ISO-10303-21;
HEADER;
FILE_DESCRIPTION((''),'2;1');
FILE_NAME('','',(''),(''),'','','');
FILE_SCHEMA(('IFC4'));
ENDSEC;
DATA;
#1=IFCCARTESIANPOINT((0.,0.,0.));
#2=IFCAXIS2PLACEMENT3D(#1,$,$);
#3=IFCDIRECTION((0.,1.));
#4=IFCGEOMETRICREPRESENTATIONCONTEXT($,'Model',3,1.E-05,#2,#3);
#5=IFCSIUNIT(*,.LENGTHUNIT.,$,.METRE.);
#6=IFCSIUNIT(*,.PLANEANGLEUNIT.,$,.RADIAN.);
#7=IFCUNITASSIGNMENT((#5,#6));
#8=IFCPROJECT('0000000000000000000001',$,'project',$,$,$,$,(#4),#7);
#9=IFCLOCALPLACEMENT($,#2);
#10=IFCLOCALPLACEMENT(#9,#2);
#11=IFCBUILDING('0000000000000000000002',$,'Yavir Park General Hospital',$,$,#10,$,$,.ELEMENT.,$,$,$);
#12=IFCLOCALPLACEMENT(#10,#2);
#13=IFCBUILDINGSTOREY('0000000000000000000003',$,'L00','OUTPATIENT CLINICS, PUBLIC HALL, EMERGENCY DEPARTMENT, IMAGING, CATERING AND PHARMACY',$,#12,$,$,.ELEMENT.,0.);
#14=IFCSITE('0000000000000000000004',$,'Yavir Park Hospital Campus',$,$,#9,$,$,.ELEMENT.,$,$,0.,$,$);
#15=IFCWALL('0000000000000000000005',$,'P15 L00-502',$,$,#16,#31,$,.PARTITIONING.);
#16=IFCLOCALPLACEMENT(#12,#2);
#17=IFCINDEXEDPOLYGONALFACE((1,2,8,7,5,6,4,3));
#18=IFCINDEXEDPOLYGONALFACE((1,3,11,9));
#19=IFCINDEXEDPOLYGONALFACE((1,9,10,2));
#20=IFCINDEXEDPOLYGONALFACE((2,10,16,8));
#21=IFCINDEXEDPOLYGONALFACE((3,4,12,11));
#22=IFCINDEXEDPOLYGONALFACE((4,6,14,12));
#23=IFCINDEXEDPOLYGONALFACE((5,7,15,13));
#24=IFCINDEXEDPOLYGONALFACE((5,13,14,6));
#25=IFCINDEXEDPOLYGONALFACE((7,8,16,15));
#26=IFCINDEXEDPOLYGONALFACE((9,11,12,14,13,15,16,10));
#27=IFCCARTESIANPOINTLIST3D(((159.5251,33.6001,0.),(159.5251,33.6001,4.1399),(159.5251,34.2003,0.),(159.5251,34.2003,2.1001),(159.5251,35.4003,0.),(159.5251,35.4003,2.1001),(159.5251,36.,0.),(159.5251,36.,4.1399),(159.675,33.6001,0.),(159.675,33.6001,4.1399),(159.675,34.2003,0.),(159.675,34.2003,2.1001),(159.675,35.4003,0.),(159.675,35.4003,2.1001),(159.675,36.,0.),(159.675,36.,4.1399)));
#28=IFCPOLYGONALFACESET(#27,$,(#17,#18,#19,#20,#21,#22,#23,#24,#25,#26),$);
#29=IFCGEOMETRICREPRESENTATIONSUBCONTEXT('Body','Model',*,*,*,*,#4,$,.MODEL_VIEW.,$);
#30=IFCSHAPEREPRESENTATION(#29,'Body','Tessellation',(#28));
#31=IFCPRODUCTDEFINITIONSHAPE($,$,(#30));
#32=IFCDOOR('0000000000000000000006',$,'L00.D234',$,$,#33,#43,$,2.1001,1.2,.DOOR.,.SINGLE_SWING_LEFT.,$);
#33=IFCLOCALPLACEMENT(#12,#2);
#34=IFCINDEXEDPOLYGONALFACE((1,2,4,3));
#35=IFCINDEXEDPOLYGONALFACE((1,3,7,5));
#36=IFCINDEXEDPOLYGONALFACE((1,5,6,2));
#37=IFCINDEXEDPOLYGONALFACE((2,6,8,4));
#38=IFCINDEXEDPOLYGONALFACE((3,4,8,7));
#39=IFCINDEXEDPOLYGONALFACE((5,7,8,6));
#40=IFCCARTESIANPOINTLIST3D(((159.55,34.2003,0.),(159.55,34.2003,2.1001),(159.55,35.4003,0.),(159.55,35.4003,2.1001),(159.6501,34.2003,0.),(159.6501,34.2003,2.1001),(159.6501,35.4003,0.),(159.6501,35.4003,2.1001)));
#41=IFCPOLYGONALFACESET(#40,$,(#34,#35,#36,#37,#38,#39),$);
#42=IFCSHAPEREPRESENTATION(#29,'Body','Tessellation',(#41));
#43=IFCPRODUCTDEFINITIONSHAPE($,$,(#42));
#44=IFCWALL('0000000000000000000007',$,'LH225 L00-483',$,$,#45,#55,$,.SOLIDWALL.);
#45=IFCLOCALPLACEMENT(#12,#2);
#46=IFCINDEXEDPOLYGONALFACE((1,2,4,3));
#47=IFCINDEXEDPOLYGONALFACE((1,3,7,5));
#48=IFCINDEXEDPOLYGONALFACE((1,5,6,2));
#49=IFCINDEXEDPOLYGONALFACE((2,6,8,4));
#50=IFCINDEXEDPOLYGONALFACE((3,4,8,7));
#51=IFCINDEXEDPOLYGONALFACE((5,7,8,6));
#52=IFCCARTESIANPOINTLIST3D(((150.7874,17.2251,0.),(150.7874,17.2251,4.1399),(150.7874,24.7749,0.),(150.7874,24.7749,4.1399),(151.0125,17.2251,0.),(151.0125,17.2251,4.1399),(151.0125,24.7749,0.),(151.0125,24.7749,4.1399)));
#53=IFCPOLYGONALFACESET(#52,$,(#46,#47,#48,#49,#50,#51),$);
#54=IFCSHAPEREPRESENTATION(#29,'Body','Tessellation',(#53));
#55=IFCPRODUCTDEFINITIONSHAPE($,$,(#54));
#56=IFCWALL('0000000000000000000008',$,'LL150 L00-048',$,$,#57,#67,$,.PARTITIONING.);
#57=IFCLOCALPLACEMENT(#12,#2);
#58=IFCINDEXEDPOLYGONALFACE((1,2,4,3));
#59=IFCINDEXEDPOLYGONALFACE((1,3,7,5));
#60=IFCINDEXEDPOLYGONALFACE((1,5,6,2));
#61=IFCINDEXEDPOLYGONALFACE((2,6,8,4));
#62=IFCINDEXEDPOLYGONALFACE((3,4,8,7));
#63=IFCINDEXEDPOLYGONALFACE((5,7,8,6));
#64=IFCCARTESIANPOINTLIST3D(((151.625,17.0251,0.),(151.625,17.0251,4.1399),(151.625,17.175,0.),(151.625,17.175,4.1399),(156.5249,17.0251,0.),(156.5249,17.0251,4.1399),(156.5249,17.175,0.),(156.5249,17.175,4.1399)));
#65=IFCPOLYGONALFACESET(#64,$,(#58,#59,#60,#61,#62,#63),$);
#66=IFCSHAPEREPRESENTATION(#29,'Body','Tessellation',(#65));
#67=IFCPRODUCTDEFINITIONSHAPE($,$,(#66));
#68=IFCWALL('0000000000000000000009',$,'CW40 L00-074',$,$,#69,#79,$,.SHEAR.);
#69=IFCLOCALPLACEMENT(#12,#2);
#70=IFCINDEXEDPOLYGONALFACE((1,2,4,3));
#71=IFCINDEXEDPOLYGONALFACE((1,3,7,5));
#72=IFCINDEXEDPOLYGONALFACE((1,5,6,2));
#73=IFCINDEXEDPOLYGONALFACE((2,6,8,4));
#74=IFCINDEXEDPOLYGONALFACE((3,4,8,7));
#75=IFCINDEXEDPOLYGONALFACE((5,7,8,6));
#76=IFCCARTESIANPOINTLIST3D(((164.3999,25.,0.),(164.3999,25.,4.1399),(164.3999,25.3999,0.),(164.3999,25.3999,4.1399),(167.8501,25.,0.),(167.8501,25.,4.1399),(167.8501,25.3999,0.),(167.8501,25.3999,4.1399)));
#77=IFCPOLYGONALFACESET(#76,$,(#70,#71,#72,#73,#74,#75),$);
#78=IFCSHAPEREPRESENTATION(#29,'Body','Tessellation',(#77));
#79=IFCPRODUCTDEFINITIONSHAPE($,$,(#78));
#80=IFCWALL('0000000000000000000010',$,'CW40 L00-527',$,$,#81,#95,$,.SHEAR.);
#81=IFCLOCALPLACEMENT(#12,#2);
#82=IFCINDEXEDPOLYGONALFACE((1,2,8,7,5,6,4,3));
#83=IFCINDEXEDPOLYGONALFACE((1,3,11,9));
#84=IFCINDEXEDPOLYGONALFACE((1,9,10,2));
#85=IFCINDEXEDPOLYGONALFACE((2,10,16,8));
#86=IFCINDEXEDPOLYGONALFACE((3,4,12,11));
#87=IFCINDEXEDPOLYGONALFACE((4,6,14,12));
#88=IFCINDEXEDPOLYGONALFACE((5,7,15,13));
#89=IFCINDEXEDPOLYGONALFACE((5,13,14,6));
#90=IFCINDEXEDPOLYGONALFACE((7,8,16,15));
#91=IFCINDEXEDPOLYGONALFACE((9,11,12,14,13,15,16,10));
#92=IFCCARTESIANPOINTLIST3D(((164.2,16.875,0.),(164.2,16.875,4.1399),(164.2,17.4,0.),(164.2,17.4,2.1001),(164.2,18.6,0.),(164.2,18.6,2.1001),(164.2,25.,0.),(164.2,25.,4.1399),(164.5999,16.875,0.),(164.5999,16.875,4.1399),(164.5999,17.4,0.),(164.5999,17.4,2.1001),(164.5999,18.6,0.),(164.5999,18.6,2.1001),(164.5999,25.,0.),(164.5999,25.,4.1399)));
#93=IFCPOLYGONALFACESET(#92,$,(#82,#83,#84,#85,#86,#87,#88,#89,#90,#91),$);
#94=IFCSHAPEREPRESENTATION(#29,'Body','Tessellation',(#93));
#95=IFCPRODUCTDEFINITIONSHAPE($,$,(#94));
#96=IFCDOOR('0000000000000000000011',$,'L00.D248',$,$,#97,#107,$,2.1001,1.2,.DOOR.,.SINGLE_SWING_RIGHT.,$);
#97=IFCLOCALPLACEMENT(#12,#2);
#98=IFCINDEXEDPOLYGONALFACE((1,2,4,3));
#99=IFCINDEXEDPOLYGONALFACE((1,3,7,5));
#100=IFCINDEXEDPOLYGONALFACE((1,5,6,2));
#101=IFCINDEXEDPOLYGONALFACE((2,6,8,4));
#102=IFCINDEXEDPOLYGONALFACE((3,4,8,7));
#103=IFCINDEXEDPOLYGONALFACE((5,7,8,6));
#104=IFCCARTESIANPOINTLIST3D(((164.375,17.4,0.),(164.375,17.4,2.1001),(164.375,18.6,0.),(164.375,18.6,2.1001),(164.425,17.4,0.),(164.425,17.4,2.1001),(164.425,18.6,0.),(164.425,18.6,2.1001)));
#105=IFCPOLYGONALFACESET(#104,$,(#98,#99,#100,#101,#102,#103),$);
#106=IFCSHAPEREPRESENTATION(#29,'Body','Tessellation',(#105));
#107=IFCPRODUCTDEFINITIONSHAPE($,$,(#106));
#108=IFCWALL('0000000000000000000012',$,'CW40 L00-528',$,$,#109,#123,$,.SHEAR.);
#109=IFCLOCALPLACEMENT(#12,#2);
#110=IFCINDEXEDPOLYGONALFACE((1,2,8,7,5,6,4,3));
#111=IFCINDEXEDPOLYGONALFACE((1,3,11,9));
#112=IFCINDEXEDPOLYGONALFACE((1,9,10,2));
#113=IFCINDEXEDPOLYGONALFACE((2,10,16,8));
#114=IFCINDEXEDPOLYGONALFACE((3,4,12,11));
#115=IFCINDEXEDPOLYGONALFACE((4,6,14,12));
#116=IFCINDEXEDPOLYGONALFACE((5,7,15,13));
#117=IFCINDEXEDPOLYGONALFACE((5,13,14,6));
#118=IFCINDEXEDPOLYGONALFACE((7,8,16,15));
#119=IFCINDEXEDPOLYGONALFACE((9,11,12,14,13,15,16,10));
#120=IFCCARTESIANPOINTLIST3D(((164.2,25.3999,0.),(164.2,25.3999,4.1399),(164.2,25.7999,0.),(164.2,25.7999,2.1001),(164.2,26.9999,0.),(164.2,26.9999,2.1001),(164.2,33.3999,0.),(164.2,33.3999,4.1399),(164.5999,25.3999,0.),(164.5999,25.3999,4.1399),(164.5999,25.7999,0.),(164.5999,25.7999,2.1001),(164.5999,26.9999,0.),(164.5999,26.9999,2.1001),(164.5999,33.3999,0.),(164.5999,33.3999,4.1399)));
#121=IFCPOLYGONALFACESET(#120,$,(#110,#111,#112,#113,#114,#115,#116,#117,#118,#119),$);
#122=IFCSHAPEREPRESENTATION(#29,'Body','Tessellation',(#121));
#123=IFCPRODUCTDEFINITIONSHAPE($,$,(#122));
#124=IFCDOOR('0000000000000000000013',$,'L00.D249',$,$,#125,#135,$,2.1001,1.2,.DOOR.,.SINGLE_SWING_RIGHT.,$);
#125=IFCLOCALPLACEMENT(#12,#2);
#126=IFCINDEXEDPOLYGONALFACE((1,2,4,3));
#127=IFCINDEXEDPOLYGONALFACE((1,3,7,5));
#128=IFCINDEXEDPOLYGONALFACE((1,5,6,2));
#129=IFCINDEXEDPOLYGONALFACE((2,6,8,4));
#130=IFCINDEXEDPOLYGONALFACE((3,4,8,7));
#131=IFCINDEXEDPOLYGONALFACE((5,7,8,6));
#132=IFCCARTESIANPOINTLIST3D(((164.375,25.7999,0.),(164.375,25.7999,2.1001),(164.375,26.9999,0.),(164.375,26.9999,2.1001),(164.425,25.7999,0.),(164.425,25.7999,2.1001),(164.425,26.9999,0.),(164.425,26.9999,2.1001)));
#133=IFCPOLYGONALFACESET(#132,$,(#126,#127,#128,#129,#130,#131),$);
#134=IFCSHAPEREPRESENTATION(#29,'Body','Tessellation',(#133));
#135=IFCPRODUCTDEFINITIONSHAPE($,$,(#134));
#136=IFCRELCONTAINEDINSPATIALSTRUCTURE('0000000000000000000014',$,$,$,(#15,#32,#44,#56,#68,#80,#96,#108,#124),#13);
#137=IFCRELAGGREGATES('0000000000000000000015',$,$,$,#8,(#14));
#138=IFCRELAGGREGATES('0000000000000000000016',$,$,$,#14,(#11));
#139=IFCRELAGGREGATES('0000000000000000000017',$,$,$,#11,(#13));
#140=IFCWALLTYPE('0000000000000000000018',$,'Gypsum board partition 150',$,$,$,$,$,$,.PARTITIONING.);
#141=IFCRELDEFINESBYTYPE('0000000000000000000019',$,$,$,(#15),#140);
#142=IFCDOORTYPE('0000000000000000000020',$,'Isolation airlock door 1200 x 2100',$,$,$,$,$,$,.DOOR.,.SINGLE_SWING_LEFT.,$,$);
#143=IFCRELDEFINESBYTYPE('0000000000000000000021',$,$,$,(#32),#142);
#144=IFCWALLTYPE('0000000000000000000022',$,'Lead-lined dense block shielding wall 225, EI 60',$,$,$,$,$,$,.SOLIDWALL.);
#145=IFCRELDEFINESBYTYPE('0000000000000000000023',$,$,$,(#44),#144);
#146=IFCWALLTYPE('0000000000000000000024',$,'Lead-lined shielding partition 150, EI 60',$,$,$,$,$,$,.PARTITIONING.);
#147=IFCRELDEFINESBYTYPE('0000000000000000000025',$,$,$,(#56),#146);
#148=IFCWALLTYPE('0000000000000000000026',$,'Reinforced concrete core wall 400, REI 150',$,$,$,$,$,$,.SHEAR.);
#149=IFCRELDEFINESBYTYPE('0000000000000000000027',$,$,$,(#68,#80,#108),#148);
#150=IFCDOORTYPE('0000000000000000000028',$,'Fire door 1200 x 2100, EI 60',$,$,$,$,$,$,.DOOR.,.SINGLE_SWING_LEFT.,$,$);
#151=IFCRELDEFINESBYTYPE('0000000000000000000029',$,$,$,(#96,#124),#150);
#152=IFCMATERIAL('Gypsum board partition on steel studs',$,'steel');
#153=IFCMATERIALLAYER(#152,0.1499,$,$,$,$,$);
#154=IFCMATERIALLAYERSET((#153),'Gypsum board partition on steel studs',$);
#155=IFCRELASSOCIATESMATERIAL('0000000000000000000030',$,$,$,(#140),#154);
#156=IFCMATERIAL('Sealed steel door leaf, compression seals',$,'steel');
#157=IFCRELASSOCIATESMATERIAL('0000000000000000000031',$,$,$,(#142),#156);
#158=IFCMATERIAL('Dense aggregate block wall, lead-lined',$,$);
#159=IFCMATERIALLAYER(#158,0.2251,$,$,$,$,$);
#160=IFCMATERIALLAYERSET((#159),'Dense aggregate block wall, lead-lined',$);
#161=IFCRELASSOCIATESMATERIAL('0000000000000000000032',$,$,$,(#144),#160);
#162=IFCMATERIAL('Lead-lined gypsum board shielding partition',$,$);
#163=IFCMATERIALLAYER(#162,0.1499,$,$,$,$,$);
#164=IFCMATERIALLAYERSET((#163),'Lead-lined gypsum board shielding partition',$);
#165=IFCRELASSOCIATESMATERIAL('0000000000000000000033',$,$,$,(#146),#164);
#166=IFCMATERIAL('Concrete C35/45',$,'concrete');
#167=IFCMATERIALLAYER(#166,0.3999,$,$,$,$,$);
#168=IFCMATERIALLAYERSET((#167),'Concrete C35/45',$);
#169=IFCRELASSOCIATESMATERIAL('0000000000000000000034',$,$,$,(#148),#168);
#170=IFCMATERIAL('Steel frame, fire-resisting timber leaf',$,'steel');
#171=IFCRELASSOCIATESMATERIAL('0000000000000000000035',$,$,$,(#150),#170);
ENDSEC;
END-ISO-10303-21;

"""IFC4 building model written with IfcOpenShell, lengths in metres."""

from ifc_helpers import new_model, si_unit, direction, frame, frame_2d, origin, place, context, subcontext, project, spatial, rectangle, extrude, material, layer, layer_set, type_object, element, fill, save


model = new_model("IFC4")

# Units and contexts
model_context = context("Model", 3, precision=1e-05, world=origin(), true_north=direction((0.0, 1.0)))
body_context = subcontext(model_context, "Body", "Model", "MODEL_VIEW")
ifc_project = project(units=[si_unit("LENGTHUNIT", "METRE"), si_unit("PLANEANGLEUNIT", "RADIAN")], contexts=[model_context])

# Site, building, storey
site_placement = place(None, origin())
site = spatial("IfcSite", under=ifc_project, at=site_placement, Name="Yavir Park Hospital Campus", CompositionType="ELEMENT", RefElevation=0.0)
building_placement = place(site_placement, origin())
building = spatial("IfcBuilding", under=site, at=building_placement, Name="Yavir Park General Hospital", CompositionType="ELEMENT")
storey_placement = place(building_placement, origin())
storey = spatial("IfcBuildingStorey", under=building, at=storey_placement, Name="L00", Description="OUTPATIENT CLINICS, PUBLIC HALL, EMERGENCY DEPARTMENT, IMAGING, CATERING AND PHARMACY", CompositionType="ELEMENT", Elevation=0.0)

# Shared definitions
ifc_material_1 = material(Name="Gypsum board partition on steel studs", Category="steel")
ifc_layer_1 = layer(ifc_material_1, 0.1499)
ifc_layer_set_1 = layer_set([ifc_layer_1], Name="Gypsum board partition on steel studs")
wall_type_1 = type_object("IfcWallType", Name="Gypsum board partition 150", PredefinedType="PARTITIONING", material=ifc_layer_set_1)

# Wall, opening, door
wall_1_placement = place(storey_placement, frame((159.6001, 33.6001, 0.0), z_axis=(0.0, 0.0, 1.0), x_axis=(0.0, 1.0, 0.0)))
wall_1 = element("IfcWall", 1, at=wall_1_placement, inside=storey, type_object=wall_type_1, Name="P15 L00-502", PredefinedType="PARTITIONING", context=body_context, shape_type="SweptSolid", body=[
    extrude(rectangle(XDim=2.3999, YDim=0.1499, at=frame_2d((1.2, 0.0))), origin(), (0.0, 0.0, 1.0), 4.1399),
])
opening_1_placement = place(wall_1_placement, frame((0.6001, 0.0, 0.0)))
opening_1 = element("IfcOpeningElement", 2, at=opening_1_placement, cuts=wall_1, PredefinedType="OPENING", context=body_context, shape_type="SweptSolid", body=[
    extrude(rectangle(XDim=1.2, YDim=2.1001, at=frame_2d((0.6001, 1.05))), frame((0.0, 0.085, 0.0), z_axis=(0.0, -1.0, 0.0), x_axis=(1.0, 0.0, 0.0)), (0.0, 0.0, 1.0), 0.1699),
])
ifc_material_2 = material(Name="Sealed steel door leaf, compression seals", Category="steel")
door_type_1 = type_object("IfcDoorType", Name="Isolation airlock door 1200 x 2100", OperationType="SINGLE_SWING_LEFT", PredefinedType="DOOR", material=ifc_material_2)
door_1_placement = place(opening_1_placement, origin())
door_1 = element("IfcDoor", 3, at=door_1_placement, inside=storey, type_object=door_type_1, Name="L00.D234", OperationType="SINGLE_SWING_LEFT", OverallHeight=2.1001, OverallWidth=1.2, PredefinedType="DOOR", context=body_context, shape_type="SweptSolid", body=[
    extrude(rectangle(XDim=1.2, YDim=2.1001, at=frame_2d((0.6001, 1.05))), frame((0.0, 0.05, 0.0), z_axis=(0.0, -1.0, 0.0), x_axis=(1.0, 0.0, 0.0)), (0.0, 0.0, 1.0), 0.1001),
])
fill(opening_1, door_1)

# Walls
ifc_material_3 = material(Name="Dense aggregate block wall, lead-lined")
ifc_layer_2 = layer(ifc_material_3, 0.2251)
ifc_layer_set_2 = layer_set([ifc_layer_2], Name="Dense aggregate block wall, lead-lined")
wall_type_2 = type_object("IfcWallType", Name="Lead-lined dense block shielding wall 225, EI 60", PredefinedType="SOLIDWALL", material=ifc_layer_set_2)
wall_2_placement = place(storey_placement, frame((150.8999, 17.2251, 0.0), z_axis=(0.0, 0.0, 1.0), x_axis=(0.0, 1.0, 0.0)))
element("IfcWall", 4, at=wall_2_placement, inside=storey, type_object=wall_type_2, Name="LH225 L00-483", PredefinedType="SOLIDWALL", context=body_context, shape_type="SweptSolid", body=[
    extrude(rectangle(XDim=7.5498, YDim=0.2251, at=frame_2d((3.7749, 0.0))), origin(), (0.0, 0.0, 1.0), 4.1399),
])
ifc_material_4 = material(Name="Lead-lined gypsum board shielding partition")
ifc_layer_3 = layer(ifc_material_4, 0.1499)
ifc_layer_set_3 = layer_set([ifc_layer_3], Name="Lead-lined gypsum board shielding partition")
wall_type_3 = type_object("IfcWallType", Name="Lead-lined shielding partition 150, EI 60", PredefinedType="PARTITIONING", material=ifc_layer_set_3)
wall_3_placement = place(storey_placement, frame((151.625, 17.1001, 0.0), z_axis=(0.0, 0.0, 1.0), x_axis=(1.0, 0.0, 0.0)))
element("IfcWall", 5, at=wall_3_placement, inside=storey, type_object=wall_type_3, Name="LL150 L00-048", PredefinedType="PARTITIONING", context=body_context, shape_type="SweptSolid", body=[
    extrude(rectangle(XDim=4.8999, YDim=0.1499, at=frame_2d((2.45, 0.0))), origin(), (0.0, 0.0, 1.0), 4.1399),
])
ifc_material_5 = material(Name="Concrete C35/45", Category="concrete")
ifc_layer_4 = layer(ifc_material_5, 0.3999)
ifc_layer_set_4 = layer_set([ifc_layer_4], Name="Concrete C35/45")
wall_type_4 = type_object("IfcWallType", Name="Reinforced concrete core wall 400, REI 150", PredefinedType="SHEAR", material=ifc_layer_set_4)
wall_4_placement = place(storey_placement, frame((164.3999, 25.2, 0.0), z_axis=(0.0, 0.0, 1.0), x_axis=(1.0, 0.0, 0.0)))
element("IfcWall", 6, at=wall_4_placement, inside=storey, type_object=wall_type_4, Name="CW40 L00-074", PredefinedType="SHEAR", context=body_context, shape_type="SweptSolid", body=[
    extrude(rectangle(XDim=3.4502, YDim=0.3999, at=frame_2d((1.7251, 0.0))), origin(), (0.0, 0.0, 1.0), 4.1399),
])

# Walls, openings, doors
wall_5_placement = place(storey_placement, frame((164.3999, 16.875, 0.0), z_axis=(0.0, 0.0, 1.0), x_axis=(0.0, 1.0, 0.0)))
wall_5 = element("IfcWall", 7, at=wall_5_placement, inside=storey, type_object=wall_type_4, Name="CW40 L00-527", PredefinedType="SHEAR", context=body_context, shape_type="SweptSolid", body=[
    extrude(rectangle(XDim=8.125, YDim=0.3999, at=frame_2d((4.0625, 0.0))), origin(), (0.0, 0.0, 1.0), 4.1399),
])
opening_2_placement = place(wall_5_placement, frame((0.5249, 0.0, 0.0)))
opening_2 = element("IfcOpeningElement", 8, at=opening_2_placement, cuts=wall_5, PredefinedType="OPENING", context=body_context, shape_type="SweptSolid", body=[
    extrude(rectangle(XDim=1.2, YDim=2.1001, at=frame_2d((0.6001, 1.05))), frame((0.0, 0.21, 0.0), z_axis=(0.0, -1.0, 0.0), x_axis=(1.0, 0.0, 0.0)), (0.0, 0.0, 1.0), 0.4199),
])
ifc_material_6 = material(Name="Steel frame, fire-resisting timber leaf", Category="steel")
door_type_2 = type_object("IfcDoorType", Name="Fire door 1200 x 2100, EI 60", OperationType="SINGLE_SWING_LEFT", PredefinedType="DOOR", material=ifc_material_6)
door_2_placement = place(opening_2_placement, origin())
door_2 = element("IfcDoor", 9, at=door_2_placement, inside=storey, type_object=door_type_2, Name="L00.D248", OperationType="SINGLE_SWING_RIGHT", OverallHeight=2.1001, OverallWidth=1.2, PredefinedType="DOOR", context=body_context, shape_type="SweptSolid", body=[
    extrude(rectangle(XDim=1.2, YDim=2.1001, at=frame_2d((0.6001, 1.05))), frame((0.0, 0.0249, 0.0), z_axis=(0.0, -1.0, 0.0), x_axis=(1.0, 0.0, 0.0)), (0.0, 0.0, 1.0), 0.05),
])
fill(opening_2, door_2)
wall_6_placement = place(storey_placement, frame((164.3999, 25.3999, 0.0), z_axis=(0.0, 0.0, 1.0), x_axis=(0.0, 1.0, 0.0)))
wall_6 = element("IfcWall", 10, at=wall_6_placement, inside=storey, type_object=wall_type_4, Name="CW40 L00-528", PredefinedType="SHEAR", context=body_context, shape_type="SweptSolid", body=[
    extrude(rectangle(XDim=8.0, YDim=0.3999, at=frame_2d((4.0, 0.0))), origin(), (0.0, 0.0, 1.0), 4.1399),
])
opening_3_placement = place(wall_6_placement, frame((0.3999, 0.0, 0.0)))
opening_3 = element("IfcOpeningElement", 11, at=opening_3_placement, cuts=wall_6, PredefinedType="OPENING", context=body_context, shape_type="SweptSolid", body=[
    extrude(rectangle(XDim=1.2, YDim=2.1001, at=frame_2d((0.6001, 1.05))), frame((0.0, 0.21, 0.0), z_axis=(0.0, -1.0, 0.0), x_axis=(1.0, 0.0, 0.0)), (0.0, 0.0, 1.0), 0.4199),
])
door_3_placement = place(opening_3_placement, origin())
door_3 = element("IfcDoor", 12, at=door_3_placement, inside=storey, type_object=door_type_2, Name="L00.D249", OperationType="SINGLE_SWING_RIGHT", OverallHeight=2.1001, OverallWidth=1.2, PredefinedType="DOOR", context=body_context, shape_type="SweptSolid", body=[
    extrude(rectangle(XDim=1.2, YDim=2.1001, at=frame_2d((0.6001, 1.05))), frame((0.0, 0.0249, 0.0), z_axis=(0.0, -1.0, 0.0), x_axis=(1.0, 0.0, 0.0)), (0.0, 0.0, 1.0), 0.05),
])
fill(opening_3, door_3)

save(model, "model.ifc")
